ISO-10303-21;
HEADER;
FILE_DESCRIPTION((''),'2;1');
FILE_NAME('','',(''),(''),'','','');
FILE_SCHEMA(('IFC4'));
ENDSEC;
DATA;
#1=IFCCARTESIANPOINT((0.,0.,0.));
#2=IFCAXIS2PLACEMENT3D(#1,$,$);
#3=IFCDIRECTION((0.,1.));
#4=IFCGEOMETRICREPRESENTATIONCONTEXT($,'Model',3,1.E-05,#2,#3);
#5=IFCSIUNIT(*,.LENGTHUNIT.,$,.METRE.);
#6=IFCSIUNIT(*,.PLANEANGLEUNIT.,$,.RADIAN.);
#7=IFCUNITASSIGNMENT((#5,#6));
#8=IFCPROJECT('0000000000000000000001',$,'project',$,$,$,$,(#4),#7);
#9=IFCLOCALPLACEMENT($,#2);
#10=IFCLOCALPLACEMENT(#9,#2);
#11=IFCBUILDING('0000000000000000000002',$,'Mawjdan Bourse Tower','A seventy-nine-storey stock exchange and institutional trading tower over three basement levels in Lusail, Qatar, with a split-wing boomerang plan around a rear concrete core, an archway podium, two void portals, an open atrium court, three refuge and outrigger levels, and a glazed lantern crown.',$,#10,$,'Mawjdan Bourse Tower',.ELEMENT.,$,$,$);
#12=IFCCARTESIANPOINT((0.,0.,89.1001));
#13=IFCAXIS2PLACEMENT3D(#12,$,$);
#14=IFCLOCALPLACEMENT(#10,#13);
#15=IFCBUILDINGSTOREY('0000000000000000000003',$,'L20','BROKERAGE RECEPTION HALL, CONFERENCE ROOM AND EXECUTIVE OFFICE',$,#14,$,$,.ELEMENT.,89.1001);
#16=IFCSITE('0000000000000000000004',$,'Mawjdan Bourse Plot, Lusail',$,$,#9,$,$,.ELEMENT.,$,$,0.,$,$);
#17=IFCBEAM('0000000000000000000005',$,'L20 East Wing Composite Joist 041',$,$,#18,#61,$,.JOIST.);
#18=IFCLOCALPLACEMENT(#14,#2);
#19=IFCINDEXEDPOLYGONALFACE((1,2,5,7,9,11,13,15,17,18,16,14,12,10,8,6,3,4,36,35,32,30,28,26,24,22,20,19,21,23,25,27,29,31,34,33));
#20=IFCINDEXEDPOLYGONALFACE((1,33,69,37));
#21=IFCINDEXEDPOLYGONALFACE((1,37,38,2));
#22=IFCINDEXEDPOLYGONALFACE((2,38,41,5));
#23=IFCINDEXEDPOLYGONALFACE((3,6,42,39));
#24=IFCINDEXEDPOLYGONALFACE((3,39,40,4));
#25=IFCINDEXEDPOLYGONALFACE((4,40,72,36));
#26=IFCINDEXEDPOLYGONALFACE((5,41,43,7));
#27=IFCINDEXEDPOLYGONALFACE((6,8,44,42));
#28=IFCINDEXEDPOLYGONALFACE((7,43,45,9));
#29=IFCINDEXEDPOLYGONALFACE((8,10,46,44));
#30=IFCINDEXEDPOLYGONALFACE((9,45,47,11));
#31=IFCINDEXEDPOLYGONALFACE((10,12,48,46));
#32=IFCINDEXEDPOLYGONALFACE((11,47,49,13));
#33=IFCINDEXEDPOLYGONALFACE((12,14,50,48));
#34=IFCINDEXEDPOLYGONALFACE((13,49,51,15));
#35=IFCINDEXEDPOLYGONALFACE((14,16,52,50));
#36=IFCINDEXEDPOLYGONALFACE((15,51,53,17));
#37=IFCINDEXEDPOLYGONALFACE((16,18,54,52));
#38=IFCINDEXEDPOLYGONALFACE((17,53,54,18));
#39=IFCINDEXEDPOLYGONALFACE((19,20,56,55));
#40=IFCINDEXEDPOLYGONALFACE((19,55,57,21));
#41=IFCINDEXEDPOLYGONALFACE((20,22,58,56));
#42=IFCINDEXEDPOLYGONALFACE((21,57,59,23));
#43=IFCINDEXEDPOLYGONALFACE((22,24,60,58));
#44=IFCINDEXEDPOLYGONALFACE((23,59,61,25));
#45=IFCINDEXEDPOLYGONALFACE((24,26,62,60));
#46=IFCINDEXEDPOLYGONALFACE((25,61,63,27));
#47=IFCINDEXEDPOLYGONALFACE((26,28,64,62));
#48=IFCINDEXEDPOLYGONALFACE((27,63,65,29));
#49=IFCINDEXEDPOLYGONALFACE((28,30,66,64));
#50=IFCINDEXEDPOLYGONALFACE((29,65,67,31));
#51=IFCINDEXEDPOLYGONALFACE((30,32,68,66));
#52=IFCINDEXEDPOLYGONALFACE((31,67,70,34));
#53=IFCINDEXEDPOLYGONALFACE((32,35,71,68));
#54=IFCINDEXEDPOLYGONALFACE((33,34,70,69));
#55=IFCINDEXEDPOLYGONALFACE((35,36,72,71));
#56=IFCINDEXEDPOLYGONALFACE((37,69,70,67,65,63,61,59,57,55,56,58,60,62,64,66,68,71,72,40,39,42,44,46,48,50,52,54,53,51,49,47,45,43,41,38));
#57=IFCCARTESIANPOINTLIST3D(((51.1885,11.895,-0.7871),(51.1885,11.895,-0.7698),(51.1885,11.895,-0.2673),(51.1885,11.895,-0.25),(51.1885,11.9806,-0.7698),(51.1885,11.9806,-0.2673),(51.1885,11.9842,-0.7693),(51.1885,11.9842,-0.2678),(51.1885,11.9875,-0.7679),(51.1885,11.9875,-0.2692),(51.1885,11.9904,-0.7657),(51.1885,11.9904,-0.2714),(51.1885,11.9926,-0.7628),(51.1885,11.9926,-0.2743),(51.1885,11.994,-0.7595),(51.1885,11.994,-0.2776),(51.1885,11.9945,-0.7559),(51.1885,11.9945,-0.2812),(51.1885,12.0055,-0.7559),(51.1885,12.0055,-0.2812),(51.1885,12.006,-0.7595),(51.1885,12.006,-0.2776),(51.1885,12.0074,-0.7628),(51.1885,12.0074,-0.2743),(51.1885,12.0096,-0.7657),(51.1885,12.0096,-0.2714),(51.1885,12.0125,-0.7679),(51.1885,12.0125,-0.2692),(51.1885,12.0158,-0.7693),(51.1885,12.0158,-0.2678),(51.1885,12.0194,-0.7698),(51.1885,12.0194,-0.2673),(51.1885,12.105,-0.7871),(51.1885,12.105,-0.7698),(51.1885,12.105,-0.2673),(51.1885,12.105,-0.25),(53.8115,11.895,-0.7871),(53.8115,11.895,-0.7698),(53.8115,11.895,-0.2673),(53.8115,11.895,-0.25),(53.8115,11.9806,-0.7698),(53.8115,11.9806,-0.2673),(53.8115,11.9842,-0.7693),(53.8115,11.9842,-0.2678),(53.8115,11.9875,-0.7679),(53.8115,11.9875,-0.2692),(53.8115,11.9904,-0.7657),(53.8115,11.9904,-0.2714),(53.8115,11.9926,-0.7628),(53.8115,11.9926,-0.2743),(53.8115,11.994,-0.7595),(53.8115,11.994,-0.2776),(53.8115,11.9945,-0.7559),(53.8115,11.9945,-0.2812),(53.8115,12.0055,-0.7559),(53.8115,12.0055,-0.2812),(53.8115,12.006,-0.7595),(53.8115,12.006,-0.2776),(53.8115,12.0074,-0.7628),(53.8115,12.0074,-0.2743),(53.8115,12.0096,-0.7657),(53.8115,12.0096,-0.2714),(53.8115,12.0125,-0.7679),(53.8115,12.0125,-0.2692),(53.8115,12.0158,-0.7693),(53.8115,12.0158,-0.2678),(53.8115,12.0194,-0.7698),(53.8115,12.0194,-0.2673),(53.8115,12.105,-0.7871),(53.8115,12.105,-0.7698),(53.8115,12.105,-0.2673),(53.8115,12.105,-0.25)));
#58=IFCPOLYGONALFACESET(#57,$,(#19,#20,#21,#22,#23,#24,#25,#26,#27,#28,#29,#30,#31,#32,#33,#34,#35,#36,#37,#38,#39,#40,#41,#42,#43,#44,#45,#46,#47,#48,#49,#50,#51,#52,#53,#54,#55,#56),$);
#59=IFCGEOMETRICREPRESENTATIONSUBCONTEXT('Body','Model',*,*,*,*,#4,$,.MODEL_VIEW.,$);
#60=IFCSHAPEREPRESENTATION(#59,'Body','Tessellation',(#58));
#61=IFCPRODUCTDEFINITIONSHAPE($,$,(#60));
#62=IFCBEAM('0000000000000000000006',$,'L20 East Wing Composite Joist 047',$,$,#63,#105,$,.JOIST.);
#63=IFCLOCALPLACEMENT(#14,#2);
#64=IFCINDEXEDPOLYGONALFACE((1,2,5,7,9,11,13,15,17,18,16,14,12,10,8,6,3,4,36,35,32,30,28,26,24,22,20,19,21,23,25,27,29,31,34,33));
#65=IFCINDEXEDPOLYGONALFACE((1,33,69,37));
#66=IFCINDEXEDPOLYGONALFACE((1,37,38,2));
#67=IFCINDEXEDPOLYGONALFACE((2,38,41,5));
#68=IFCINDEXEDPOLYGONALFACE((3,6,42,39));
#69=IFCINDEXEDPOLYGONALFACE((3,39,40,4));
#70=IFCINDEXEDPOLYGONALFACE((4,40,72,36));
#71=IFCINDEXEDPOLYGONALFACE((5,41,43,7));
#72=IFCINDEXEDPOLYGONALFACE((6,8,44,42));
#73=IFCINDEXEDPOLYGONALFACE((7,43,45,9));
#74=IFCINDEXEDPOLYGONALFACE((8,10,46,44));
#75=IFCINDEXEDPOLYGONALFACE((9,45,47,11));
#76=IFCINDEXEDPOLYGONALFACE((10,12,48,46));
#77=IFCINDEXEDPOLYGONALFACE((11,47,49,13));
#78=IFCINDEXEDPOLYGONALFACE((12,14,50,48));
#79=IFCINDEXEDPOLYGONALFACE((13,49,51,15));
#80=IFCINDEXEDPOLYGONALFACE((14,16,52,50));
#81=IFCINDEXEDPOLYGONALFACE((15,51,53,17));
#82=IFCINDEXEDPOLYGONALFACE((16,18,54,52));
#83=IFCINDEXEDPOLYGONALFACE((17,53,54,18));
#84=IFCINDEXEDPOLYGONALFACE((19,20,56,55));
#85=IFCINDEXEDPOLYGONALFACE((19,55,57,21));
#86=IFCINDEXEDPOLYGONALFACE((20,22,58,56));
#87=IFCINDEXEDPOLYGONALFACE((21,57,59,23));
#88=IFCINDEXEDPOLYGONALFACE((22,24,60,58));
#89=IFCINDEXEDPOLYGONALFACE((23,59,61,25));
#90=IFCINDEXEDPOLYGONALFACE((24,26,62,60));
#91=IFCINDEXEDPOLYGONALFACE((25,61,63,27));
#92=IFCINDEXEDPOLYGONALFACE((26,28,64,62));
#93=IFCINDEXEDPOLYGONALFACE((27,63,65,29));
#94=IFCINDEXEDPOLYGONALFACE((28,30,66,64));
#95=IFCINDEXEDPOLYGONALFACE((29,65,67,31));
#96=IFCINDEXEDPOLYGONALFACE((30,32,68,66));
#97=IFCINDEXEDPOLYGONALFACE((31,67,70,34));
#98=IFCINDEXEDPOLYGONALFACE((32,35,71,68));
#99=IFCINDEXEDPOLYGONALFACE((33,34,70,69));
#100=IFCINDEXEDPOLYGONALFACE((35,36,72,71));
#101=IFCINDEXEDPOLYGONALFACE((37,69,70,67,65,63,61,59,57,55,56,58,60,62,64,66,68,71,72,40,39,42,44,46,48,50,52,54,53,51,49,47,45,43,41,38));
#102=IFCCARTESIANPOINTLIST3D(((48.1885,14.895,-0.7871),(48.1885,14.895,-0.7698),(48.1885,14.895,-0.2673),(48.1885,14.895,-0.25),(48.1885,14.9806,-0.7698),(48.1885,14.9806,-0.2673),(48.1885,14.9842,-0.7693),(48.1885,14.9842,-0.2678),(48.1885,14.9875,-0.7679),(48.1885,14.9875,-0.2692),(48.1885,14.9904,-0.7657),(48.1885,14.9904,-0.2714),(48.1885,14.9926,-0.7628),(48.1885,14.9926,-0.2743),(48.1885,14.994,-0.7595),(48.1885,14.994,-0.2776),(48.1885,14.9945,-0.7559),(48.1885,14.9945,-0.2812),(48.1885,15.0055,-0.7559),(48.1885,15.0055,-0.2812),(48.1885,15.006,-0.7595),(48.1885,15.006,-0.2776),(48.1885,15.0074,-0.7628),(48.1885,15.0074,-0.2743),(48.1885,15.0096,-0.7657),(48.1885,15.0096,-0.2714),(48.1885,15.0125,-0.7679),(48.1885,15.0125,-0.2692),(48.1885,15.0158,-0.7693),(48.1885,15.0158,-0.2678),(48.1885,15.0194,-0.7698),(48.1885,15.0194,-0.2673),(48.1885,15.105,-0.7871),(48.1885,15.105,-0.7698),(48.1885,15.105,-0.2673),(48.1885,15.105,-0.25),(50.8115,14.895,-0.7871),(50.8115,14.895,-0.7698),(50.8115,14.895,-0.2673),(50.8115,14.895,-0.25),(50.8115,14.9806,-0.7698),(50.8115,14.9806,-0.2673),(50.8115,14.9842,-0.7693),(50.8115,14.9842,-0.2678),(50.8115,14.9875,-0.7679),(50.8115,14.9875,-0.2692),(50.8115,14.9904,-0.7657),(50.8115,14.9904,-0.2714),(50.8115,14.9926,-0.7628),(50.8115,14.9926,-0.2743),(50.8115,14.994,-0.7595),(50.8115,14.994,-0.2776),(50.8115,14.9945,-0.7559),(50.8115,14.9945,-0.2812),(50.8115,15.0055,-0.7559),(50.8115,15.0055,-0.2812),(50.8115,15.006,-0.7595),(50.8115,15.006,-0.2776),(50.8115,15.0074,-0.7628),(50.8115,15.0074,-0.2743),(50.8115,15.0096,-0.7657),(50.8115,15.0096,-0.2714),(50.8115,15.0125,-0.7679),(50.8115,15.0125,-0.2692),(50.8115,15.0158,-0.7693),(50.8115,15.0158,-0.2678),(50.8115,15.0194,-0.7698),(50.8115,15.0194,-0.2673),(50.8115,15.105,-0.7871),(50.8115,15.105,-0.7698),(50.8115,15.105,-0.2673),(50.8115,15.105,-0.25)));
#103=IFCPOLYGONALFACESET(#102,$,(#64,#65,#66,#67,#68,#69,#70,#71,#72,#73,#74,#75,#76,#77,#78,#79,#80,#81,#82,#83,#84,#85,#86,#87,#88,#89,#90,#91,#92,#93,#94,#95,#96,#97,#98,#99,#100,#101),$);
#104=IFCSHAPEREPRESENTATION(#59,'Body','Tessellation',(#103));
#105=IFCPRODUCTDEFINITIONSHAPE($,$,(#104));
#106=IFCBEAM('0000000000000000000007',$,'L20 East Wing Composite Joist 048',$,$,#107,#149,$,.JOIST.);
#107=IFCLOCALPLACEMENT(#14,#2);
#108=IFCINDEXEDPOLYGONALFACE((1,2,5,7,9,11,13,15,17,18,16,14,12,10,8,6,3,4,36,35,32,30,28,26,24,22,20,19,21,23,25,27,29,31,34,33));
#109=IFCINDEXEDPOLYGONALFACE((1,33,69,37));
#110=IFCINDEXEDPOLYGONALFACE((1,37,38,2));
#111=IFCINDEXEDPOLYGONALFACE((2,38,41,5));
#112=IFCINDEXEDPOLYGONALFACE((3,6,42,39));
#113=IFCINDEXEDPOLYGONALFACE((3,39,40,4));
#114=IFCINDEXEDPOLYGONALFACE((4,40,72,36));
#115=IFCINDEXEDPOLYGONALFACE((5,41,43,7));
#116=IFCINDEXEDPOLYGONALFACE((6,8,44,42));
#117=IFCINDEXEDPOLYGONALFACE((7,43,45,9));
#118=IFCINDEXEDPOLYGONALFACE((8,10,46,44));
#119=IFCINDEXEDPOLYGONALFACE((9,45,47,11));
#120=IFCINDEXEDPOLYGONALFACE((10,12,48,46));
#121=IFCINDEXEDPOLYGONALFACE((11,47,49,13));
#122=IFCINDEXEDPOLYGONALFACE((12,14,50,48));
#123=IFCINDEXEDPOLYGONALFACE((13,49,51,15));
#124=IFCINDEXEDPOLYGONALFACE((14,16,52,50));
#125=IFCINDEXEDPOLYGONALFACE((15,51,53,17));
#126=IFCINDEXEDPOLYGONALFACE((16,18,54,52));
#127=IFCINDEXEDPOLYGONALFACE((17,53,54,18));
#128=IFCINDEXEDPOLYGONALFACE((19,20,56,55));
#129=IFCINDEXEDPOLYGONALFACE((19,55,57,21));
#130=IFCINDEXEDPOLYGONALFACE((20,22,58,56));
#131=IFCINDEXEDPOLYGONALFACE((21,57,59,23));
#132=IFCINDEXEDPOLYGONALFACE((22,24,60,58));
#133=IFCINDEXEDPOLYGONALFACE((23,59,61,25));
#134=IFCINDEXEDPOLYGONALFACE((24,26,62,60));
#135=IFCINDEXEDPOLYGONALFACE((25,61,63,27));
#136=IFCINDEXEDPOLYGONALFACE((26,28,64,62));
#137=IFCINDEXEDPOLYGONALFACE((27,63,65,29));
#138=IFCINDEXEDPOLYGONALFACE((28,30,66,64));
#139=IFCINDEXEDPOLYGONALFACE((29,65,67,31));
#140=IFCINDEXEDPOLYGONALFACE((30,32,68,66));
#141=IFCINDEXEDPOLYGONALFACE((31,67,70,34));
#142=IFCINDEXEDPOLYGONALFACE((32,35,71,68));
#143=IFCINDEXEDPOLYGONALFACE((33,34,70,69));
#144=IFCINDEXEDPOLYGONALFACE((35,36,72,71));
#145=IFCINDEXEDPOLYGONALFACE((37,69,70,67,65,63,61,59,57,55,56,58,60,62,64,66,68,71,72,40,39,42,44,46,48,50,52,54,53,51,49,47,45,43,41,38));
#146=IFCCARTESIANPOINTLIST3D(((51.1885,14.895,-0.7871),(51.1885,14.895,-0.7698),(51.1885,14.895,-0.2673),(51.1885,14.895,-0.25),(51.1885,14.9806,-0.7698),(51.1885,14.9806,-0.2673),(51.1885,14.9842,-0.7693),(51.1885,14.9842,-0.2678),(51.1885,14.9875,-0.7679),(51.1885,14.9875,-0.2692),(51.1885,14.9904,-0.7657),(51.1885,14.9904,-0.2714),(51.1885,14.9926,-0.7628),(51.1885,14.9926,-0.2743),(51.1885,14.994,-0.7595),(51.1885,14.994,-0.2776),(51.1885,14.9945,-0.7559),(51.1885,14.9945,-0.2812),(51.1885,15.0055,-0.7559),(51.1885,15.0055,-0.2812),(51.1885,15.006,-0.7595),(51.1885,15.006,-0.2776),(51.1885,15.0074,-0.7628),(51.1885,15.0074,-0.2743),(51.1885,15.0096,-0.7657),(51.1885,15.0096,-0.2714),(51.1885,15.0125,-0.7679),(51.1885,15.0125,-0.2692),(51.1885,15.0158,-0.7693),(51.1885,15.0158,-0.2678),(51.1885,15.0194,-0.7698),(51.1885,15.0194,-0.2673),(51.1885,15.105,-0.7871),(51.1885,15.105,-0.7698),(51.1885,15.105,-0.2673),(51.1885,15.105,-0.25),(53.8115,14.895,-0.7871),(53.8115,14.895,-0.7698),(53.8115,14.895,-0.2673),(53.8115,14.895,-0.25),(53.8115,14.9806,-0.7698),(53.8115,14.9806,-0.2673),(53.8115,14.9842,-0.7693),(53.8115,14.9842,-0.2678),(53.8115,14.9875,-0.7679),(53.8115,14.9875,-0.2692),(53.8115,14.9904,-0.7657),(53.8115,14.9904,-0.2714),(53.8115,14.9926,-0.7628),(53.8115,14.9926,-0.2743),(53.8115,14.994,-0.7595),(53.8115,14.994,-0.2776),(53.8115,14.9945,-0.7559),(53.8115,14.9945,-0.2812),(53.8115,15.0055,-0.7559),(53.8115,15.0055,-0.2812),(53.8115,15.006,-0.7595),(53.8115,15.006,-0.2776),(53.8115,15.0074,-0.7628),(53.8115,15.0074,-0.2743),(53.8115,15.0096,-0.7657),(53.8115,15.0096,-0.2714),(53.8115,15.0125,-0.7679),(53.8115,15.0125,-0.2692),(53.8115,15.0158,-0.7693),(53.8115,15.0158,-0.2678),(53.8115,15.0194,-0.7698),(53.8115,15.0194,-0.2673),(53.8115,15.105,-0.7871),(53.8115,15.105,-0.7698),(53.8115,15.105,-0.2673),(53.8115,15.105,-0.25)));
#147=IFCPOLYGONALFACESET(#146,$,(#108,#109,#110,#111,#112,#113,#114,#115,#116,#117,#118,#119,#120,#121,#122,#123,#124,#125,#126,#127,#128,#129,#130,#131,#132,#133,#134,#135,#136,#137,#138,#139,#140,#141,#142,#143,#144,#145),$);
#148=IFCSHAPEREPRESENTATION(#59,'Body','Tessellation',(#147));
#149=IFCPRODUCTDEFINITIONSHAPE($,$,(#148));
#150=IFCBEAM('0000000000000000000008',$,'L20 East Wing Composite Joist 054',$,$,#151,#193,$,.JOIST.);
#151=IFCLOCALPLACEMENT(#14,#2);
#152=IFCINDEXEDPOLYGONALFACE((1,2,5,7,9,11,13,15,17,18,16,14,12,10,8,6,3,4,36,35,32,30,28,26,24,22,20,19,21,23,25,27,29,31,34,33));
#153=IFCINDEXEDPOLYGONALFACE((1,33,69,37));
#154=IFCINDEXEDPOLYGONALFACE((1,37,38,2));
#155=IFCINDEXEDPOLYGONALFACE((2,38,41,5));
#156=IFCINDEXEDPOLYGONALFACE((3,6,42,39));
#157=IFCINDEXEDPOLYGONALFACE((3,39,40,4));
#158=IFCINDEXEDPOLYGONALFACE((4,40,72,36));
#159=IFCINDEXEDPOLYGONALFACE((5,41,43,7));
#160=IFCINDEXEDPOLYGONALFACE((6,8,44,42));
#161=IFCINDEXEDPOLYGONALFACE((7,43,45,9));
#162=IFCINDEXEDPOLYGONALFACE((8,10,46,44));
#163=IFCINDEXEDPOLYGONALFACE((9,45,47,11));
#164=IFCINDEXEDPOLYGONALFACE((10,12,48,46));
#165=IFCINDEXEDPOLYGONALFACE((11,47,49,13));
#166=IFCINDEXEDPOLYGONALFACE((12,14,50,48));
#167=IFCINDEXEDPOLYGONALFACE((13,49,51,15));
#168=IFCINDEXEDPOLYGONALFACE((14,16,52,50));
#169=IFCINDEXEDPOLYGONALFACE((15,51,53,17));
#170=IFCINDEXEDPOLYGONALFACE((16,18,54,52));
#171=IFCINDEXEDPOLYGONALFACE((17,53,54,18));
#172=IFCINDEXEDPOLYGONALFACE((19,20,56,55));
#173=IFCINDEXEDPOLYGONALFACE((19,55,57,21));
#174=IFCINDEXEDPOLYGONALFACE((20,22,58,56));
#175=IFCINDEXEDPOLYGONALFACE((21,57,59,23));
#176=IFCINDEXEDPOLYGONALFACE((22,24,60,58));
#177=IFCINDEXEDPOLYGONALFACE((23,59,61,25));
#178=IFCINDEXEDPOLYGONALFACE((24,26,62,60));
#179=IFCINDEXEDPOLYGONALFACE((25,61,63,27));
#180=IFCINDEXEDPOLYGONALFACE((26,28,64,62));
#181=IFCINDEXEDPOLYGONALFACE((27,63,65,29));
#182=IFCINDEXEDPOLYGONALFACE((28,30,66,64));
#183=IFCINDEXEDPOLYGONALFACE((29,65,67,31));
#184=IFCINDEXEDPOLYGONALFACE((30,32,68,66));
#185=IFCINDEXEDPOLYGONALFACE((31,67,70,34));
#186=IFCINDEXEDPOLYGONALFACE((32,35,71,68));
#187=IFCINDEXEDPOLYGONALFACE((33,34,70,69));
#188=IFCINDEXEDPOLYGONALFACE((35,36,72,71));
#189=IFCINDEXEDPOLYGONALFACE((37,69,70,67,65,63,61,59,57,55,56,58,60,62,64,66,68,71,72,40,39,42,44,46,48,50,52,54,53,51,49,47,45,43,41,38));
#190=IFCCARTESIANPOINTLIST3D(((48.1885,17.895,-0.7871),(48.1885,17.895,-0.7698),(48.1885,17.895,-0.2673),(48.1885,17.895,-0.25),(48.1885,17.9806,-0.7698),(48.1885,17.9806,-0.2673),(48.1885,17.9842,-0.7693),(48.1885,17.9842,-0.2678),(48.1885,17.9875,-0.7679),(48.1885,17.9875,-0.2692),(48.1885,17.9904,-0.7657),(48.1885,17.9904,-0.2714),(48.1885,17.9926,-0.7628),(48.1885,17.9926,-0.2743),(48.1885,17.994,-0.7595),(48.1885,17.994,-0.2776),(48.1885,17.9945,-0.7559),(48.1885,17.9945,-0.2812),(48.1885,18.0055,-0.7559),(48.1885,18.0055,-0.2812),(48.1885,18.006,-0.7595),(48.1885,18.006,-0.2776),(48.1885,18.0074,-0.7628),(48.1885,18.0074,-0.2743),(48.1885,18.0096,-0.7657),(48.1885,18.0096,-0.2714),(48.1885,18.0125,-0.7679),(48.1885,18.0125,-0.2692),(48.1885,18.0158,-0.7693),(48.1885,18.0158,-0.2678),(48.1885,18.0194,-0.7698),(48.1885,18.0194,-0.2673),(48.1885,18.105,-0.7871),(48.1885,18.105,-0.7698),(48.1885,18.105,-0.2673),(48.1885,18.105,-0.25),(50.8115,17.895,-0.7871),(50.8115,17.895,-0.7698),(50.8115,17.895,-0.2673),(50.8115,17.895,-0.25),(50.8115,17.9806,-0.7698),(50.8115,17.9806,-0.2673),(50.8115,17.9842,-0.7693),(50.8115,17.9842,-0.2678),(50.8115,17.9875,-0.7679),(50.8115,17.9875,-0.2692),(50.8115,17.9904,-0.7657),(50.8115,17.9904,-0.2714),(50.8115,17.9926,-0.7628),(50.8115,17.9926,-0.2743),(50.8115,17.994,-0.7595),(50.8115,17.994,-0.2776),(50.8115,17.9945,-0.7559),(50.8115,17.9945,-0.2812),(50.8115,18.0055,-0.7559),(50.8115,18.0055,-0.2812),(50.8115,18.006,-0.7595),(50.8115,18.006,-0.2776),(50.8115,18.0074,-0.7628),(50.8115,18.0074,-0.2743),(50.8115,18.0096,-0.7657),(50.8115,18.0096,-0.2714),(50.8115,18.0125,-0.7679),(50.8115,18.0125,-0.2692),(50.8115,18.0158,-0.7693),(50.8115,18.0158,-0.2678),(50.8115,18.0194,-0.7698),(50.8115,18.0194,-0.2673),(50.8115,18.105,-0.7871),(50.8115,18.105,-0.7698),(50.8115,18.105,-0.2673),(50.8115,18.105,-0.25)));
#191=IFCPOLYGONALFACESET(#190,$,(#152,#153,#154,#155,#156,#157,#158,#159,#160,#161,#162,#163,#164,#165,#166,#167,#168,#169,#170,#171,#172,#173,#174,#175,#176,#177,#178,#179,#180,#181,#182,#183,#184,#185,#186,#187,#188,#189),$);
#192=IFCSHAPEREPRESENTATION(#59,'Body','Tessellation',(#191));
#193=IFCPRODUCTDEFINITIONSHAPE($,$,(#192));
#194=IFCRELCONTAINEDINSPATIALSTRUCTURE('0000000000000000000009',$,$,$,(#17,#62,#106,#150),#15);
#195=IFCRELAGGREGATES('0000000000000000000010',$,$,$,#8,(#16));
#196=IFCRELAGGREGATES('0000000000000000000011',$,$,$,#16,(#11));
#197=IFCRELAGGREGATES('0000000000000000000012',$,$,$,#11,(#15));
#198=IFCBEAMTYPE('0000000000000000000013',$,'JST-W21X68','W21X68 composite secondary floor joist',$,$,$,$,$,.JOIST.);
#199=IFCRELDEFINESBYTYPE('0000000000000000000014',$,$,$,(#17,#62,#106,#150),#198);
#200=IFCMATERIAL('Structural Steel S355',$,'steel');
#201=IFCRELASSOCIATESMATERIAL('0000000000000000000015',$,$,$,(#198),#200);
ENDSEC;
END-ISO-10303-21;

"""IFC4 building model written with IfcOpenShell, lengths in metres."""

from ifc_helpers import new_model, si_unit, direction, frame, origin, origin_2d, place, context, subcontext, project, spatial, i_section, extrude, material, material_profile, profile_set, type_object, element, save


model = new_model("IFC4")

# Units and contexts
model_context = context("Model", 3, precision=1e-05, world=origin(), true_north=direction((0.0, 1.0)))
body_context = subcontext(model_context, "Body", "Model", "MODEL_VIEW")
ifc_project = project(units=[si_unit("LENGTHUNIT", "METRE"), si_unit("PLANEANGLEUNIT", "RADIAN")], contexts=[model_context])

# Site, building, storey
site_placement = place(None, origin())
site = spatial("IfcSite", under=ifc_project, at=site_placement, Name="Mawjdan Bourse Plot, Lusail", CompositionType="ELEMENT", RefElevation=0.0)
building_placement = place(site_placement, origin())
building = spatial("IfcBuilding", under=site, at=building_placement, Name="Mawjdan Bourse Tower", Description="A seventy-nine-storey stock exchange and institutional trading tower over three basement levels in Lusail, Qatar, with a split-wing boomerang plan around a rear concrete core, an archway podium, two void portals, an open atrium court, three refuge and outrigger levels, and a glazed lantern crown.", LongName="Mawjdan Bourse Tower", CompositionType="ELEMENT")
storey_placement = place(building_placement, frame((0.0, 0.0, 89.1001)))
storey = spatial("IfcBuildingStorey", under=building, at=storey_placement, Name="L20", Description="BROKERAGE RECEPTION HALL, CONFERENCE ROOM AND EXECUTIVE OFFICE", CompositionType="ELEMENT", Elevation=89.1001)

# Beams
ifc_material_1 = material(Name="Structural Steel S355", Category="steel")
ifc_material_profile_1 = material_profile(ifc_material_1, i_section(OverallWidth=0.21, OverallDepth=0.5371, WebThickness=0.011, FlangeThickness=0.0173, FilletRadius=0.0139, at=origin_2d()), Name="W21X68")
ifc_profile_set_1 = profile_set([ifc_material_profile_1], Name="Structural Steel S355")
beam_type_1 = type_object("IfcBeamType", Name="JST-W21X68", Description="W21X68 composite secondary floor joist", PredefinedType="JOIST", material=ifc_profile_set_1)
for number, where, z_axis, x_axis, name in (
    (1, (51.1885, 12.0, -0.5186), (1.0, 0.0, 0.0), (0.0, 1.0, 0.0), "L20 East Wing Composite Joist 041"),
    (2, (48.1885, 15.0, -0.5186), (1.0, 0.0, 0.0), (0.0, 1.0, 0.0), "L20 East Wing Composite Joist 047"),
    (3, (51.1885, 15.0, -0.5186), (1.0, 0.0, 0.0), (0.0, 1.0, 0.0), "L20 East Wing Composite Joist 048"),
    (4, (48.1885, 18.0, -0.5186), (1.0, 0.0, 0.0), (0.0, 1.0, 0.0), "L20 East Wing Composite Joist 054"),
):
    element("IfcBeam", number, at=place(storey_placement, frame(where, z_axis=z_axis, x_axis=x_axis)), inside=storey, type_object=beam_type_1, Name=name, PredefinedType="JOIST", context=body_context, shape_type="SweptSolid", body=[
        extrude(i_section(OverallWidth=0.21, OverallDepth=0.5371, WebThickness=0.011, FlangeThickness=0.0173, FilletRadius=0.0139, at=origin_2d()), origin(), (0.0, 0.0, 1.0), 2.623),
    ])

save(model, "model.ifc")
